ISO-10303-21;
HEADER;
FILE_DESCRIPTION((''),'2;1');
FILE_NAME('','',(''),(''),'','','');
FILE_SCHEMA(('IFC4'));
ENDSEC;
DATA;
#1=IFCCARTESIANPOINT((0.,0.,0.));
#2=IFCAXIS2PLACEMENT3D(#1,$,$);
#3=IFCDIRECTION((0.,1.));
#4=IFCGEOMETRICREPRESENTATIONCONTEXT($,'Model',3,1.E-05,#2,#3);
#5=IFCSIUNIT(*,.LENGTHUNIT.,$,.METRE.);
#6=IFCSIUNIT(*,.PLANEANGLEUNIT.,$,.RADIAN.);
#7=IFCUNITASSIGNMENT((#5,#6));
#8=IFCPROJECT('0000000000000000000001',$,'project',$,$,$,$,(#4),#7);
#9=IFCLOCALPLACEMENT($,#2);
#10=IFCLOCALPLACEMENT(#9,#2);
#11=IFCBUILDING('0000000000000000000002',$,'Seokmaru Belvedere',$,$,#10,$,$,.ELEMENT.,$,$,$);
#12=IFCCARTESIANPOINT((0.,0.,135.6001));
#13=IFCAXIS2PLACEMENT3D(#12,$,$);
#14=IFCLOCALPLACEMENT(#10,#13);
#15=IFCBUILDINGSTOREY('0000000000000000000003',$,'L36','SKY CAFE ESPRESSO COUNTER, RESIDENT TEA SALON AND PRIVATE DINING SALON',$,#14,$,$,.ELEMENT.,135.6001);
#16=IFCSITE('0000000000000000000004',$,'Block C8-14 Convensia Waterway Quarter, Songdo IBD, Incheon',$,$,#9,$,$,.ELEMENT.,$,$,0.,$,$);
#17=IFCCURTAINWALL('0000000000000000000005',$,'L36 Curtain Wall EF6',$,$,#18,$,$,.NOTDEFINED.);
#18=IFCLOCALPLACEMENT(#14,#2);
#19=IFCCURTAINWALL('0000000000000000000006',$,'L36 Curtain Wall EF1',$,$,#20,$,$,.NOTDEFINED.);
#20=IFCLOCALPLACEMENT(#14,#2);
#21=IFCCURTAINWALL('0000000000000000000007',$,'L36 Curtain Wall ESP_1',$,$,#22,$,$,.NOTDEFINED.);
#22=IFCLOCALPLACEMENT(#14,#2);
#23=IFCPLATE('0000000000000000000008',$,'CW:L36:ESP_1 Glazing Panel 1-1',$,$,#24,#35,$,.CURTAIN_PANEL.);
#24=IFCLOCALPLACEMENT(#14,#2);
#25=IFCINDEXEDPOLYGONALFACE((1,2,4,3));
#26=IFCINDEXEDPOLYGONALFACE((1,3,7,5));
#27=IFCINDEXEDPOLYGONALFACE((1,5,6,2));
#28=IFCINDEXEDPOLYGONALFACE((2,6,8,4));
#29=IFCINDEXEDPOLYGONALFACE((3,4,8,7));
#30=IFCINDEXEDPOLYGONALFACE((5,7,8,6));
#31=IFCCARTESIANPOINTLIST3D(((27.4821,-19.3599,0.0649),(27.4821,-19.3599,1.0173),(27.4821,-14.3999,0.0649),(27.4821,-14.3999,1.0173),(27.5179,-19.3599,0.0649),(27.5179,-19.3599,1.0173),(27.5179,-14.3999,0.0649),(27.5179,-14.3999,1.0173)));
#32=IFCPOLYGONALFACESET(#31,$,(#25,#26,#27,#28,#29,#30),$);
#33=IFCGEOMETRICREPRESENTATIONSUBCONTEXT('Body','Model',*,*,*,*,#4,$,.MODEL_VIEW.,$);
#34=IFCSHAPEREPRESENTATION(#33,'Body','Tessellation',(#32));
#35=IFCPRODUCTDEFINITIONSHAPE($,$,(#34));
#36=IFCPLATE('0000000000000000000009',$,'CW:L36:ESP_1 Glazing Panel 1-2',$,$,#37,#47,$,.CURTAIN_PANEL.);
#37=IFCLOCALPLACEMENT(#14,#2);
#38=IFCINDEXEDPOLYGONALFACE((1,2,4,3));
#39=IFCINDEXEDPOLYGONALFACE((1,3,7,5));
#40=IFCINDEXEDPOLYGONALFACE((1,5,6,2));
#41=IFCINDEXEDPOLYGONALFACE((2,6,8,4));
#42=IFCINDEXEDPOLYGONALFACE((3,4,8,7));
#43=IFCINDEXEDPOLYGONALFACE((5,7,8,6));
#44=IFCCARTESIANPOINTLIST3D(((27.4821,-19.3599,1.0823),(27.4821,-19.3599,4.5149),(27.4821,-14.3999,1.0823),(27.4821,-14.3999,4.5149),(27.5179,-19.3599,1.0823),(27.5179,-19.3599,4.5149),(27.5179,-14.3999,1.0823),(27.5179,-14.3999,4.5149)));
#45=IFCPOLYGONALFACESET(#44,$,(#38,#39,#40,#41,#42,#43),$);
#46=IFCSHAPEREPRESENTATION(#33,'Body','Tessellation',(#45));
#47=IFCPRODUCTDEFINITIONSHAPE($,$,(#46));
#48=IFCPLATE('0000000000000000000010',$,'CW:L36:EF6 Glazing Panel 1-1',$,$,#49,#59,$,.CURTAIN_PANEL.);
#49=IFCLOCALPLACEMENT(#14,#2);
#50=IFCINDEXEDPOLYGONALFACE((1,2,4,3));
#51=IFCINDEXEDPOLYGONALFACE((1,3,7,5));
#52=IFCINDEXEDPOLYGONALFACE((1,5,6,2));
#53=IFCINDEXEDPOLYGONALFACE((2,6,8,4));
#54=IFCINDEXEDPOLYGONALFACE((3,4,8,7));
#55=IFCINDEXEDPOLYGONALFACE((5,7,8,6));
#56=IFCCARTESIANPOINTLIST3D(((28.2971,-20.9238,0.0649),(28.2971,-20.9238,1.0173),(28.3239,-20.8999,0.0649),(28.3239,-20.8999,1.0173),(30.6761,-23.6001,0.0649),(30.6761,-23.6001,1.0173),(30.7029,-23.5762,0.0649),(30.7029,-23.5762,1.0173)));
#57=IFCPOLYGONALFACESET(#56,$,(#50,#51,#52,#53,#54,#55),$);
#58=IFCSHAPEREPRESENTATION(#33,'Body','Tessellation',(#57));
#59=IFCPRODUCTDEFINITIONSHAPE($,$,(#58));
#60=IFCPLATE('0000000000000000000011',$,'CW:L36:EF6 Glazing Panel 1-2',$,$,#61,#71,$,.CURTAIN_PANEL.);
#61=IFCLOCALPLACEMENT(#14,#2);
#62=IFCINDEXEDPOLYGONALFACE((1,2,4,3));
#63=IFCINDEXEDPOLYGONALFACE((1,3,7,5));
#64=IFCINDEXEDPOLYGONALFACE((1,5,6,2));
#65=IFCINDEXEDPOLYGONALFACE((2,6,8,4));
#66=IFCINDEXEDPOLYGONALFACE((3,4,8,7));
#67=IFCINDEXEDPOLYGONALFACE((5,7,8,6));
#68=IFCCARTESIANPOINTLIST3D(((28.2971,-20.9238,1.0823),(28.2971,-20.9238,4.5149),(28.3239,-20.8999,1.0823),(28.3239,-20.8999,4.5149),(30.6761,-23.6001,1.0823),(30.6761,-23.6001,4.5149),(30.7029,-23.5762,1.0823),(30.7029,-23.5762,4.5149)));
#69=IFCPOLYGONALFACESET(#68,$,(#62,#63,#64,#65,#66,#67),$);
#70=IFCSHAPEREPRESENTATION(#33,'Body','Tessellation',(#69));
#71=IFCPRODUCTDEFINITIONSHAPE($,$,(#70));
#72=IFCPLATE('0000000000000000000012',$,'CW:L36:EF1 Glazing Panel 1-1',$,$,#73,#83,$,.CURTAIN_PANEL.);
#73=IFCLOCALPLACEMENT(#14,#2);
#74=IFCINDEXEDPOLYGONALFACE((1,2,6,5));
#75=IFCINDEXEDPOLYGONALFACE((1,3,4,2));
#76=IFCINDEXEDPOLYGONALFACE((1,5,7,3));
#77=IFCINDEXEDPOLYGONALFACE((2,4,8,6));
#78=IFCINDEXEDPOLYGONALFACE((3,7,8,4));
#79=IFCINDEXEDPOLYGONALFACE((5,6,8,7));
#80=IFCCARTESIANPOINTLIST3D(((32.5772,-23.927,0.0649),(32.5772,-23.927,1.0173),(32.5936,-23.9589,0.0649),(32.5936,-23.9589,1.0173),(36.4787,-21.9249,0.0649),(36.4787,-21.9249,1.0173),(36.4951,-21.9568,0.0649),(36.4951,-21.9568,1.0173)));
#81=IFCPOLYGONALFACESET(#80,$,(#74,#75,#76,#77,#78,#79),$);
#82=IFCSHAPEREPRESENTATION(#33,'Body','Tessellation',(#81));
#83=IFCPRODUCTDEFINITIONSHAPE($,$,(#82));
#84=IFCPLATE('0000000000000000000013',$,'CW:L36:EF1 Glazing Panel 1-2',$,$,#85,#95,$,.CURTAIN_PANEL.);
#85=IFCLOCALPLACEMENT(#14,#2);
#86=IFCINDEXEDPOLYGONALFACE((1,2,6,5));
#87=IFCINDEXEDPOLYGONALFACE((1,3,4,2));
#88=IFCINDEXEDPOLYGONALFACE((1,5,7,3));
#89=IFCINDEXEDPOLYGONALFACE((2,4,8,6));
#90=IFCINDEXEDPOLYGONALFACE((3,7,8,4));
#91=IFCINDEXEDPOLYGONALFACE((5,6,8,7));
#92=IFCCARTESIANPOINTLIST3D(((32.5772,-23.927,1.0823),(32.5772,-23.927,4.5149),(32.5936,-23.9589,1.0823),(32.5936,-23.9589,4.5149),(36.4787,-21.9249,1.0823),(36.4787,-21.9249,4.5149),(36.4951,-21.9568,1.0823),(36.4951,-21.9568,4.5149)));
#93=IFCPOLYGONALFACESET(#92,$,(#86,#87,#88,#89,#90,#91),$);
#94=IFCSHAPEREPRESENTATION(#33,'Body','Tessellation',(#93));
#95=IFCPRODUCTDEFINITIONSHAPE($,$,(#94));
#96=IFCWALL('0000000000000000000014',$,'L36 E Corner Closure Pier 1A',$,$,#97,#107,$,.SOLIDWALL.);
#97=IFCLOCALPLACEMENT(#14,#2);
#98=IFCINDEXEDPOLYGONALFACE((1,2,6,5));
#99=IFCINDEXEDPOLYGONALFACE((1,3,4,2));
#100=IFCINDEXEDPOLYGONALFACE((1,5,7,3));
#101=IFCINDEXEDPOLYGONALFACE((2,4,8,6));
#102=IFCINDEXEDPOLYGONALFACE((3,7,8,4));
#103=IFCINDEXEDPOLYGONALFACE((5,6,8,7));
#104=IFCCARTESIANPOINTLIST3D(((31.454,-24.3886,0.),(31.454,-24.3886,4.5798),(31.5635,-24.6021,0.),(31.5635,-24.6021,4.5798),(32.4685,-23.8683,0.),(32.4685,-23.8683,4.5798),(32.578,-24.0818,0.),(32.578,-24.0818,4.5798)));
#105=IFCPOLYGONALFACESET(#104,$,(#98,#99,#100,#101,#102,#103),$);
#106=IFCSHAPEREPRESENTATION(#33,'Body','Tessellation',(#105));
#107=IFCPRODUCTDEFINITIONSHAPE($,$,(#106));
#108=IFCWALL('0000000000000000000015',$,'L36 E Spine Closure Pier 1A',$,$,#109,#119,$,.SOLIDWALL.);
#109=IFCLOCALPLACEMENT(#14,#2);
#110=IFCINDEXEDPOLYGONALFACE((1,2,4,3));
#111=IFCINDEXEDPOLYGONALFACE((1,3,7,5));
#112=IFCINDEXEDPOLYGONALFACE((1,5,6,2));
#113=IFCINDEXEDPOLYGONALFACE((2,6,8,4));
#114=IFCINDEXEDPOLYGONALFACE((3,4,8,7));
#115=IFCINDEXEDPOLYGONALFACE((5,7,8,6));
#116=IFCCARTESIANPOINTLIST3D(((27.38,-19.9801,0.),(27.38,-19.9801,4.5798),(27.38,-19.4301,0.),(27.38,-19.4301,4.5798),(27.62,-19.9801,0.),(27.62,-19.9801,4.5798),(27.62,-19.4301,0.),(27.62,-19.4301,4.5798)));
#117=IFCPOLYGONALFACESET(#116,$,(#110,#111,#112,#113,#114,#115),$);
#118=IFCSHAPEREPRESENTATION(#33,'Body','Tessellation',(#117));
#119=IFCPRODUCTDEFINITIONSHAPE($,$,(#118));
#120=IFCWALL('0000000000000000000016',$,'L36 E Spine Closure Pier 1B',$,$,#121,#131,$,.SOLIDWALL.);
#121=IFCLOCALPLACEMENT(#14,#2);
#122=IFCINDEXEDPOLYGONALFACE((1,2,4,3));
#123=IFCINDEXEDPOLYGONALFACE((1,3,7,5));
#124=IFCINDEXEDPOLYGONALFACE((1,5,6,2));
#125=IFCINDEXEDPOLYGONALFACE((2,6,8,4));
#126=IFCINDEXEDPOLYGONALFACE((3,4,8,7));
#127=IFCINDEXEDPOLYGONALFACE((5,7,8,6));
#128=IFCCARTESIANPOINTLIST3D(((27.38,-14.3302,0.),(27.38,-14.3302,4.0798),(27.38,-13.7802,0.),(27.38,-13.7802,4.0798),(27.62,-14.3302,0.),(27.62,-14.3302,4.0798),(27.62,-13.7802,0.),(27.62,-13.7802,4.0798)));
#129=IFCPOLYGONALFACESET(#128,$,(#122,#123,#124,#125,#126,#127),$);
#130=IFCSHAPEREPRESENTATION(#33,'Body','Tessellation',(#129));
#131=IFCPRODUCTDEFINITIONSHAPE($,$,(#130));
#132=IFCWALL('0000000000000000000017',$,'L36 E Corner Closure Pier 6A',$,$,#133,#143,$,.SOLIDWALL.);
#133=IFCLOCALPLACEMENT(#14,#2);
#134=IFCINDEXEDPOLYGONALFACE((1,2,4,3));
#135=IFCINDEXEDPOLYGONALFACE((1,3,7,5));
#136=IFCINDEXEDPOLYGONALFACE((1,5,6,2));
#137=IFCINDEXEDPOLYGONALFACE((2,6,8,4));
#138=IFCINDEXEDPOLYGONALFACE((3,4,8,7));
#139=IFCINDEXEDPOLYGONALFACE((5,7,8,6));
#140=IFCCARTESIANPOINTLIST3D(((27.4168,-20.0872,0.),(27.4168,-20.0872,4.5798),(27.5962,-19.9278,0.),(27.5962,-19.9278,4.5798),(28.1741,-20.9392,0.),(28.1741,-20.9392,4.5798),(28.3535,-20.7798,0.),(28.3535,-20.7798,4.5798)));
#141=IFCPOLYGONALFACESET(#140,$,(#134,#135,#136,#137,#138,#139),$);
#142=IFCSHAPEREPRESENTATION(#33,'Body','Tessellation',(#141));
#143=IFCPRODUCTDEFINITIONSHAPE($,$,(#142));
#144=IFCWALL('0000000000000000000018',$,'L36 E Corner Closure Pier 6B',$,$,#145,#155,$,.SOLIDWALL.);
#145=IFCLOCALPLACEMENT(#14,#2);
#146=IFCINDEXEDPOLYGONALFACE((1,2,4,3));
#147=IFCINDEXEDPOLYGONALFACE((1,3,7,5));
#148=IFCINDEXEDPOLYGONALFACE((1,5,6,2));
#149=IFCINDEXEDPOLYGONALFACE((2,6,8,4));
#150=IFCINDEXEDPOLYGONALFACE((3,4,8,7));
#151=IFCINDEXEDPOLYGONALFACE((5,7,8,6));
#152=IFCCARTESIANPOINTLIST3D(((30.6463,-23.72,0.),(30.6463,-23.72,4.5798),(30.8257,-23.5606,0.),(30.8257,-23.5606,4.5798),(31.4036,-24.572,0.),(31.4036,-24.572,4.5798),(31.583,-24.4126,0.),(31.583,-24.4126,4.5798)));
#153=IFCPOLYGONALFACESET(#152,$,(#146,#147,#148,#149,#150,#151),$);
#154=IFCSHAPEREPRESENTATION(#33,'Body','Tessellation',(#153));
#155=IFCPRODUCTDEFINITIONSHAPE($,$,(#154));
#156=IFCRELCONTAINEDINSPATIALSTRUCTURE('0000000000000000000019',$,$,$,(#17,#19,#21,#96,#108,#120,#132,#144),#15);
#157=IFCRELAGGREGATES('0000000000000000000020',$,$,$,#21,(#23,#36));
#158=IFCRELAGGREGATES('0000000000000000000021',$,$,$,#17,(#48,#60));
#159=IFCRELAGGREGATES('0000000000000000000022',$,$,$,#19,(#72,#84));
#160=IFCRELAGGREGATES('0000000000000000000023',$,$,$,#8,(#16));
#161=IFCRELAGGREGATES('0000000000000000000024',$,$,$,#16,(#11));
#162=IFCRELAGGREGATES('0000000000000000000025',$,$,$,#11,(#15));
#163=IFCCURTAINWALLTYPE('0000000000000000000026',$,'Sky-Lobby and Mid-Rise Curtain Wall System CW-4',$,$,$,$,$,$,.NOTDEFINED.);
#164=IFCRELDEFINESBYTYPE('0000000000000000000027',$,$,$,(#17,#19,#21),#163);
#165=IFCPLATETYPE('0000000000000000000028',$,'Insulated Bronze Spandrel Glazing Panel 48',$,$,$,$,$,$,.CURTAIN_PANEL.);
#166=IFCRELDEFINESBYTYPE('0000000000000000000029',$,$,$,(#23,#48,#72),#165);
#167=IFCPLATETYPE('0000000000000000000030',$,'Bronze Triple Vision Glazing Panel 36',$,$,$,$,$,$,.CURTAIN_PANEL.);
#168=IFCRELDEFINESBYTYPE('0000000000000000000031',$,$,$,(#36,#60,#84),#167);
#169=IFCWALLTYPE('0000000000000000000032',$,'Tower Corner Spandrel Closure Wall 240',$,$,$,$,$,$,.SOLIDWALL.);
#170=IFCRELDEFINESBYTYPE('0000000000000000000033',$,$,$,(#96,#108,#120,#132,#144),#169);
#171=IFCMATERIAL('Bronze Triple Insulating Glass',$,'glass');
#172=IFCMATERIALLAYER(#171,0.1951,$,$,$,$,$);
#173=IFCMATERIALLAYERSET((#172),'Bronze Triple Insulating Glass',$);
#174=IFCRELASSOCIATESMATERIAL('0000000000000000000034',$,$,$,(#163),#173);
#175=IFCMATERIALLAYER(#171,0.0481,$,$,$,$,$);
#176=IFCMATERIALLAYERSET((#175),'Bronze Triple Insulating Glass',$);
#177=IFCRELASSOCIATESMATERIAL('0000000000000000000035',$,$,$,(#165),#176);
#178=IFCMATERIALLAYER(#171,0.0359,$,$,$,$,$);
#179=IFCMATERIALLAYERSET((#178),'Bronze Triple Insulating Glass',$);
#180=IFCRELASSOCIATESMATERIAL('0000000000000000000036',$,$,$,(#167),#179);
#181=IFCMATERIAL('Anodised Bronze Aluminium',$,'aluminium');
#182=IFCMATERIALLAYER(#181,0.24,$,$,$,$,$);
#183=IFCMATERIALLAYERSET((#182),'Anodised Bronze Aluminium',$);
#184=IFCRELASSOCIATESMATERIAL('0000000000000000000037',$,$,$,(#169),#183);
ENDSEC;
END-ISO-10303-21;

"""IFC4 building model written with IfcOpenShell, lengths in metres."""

from ifc_helpers import new_model, si_unit, direction, frame, frame_2d, origin, origin_2d, place, context, subcontext, project, spatial, rectangle, extrude, source, transform, mapped, material, layer, layer_set, type_object, type_shapes, element, aggregate, save


model = new_model("IFC4")

# Units and contexts
model_context = context("Model", 3, precision=1e-05, world=origin(), true_north=direction((0.0, 1.0)))
body_context = subcontext(model_context, "Body", "Model", "MODEL_VIEW")
ifc_project = project(units=[si_unit("LENGTHUNIT", "METRE"), si_unit("PLANEANGLEUNIT", "RADIAN")], contexts=[model_context])

# Site, building, storey
site_placement = place(None, origin())
site = spatial("IfcSite", under=ifc_project, at=site_placement, Name="Block C8-14 Convensia Waterway Quarter, Songdo IBD, Incheon", CompositionType="ELEMENT", RefElevation=0.0)
building_placement = place(site_placement, origin())
building = spatial("IfcBuilding", under=site, at=building_placement, Name="Seokmaru Belvedere", CompositionType="ELEMENT")
storey_placement = place(building_placement, frame((0.0, 0.0, 135.6001)))
storey = spatial("IfcBuildingStorey", under=building, at=storey_placement, Name="L36", Description="SKY CAFE ESPRESSO COUNTER, RESIDENT TEA SALON AND PRIVATE DINING SALON", CompositionType="ELEMENT", Elevation=135.6001)

# Curtain walls
ifc_material_1 = material(Name="Bronze Triple Insulating Glass", Category="glass")
ifc_layer_1 = layer(ifc_material_1, 0.1951)
ifc_layer_set_1 = layer_set([ifc_layer_1], Name="Bronze Triple Insulating Glass")
curtain_wall_type = type_object("IfcCurtainWallType", Name="Sky-Lobby and Mid-Rise Curtain Wall System CW-4", PredefinedType="NOTDEFINED", material=ifc_layer_set_1)
curtain_wall_1_placement = place(storey_placement, origin())
curtain_wall_1 = element("IfcCurtainWall", 1, at=curtain_wall_1_placement, inside=storey, type_object=curtain_wall_type, Name="L36 Curtain Wall EF6", PredefinedType="NOTDEFINED")
ifc_material_2 = material(Name="Anodised Bronze Aluminium", Category="aluminium")
curtain_wall_2_placement = place(storey_placement, origin())
curtain_wall_2 = element("IfcCurtainWall", 2, at=curtain_wall_2_placement, inside=storey, type_object=curtain_wall_type, Name="L36 Curtain Wall EF1", PredefinedType="NOTDEFINED")
curtain_wall_3_placement = place(storey_placement, origin())
curtain_wall_3 = element("IfcCurtainWall", 3, at=curtain_wall_3_placement, inside=storey, type_object=curtain_wall_type, Name="L36 Curtain Wall ESP_1", PredefinedType="NOTDEFINED")

# Plates
ifc_layer_2 = layer(ifc_material_1, 0.0481)
ifc_layer_set_2 = layer_set([ifc_layer_2], Name="Bronze Triple Insulating Glass")
plate_type_1 = type_object("IfcPlateType", Name="Insulated Bronze Spandrel Glazing Panel 48", PredefinedType="CURTAIN_PANEL", material=ifc_layer_set_2)
shared_shape_1 = source(origin(), body_context, "Body", "SweptSolid", [
    extrude(rectangle(XDim=4.96, YDim=0.0359, at=origin_2d()), origin(), (0.0, 0.0, 1.0), 0.9524),
])
plate_1_placement = place(storey_placement, frame((27.5, -16.8799, 0.0649), z_axis=(0.0, 0.0, 1.0), x_axis=(0.0, -1.0, 0.0)))
plate_1 = element("IfcPlate", 4, at=plate_1_placement, type_object=plate_type_1, Name="CW:L36:ESP_1 Glazing Panel 1-1", PredefinedType="CURTAIN_PANEL", context=body_context, shape_type="MappedRepresentation", body=[
    mapped(shared_shape_1, transform((0.0, 0.0, 0.0), scale=1.0)),
])
ifc_layer_3 = layer(ifc_material_1, 0.0359)
ifc_layer_set_3 = layer_set([ifc_layer_3], Name="Bronze Triple Insulating Glass")
plate_type_2 = type_object("IfcPlateType", Name="Bronze Triple Vision Glazing Panel 36", PredefinedType="CURTAIN_PANEL", material=ifc_layer_set_3)
shared_shape_2 = source(origin(), body_context, "Body", "SweptSolid", [
    extrude(rectangle(XDim=4.96, YDim=0.0359, at=origin_2d()), origin(), (0.0, 0.0, 1.0), 3.4326),
])
plate_2_placement = place(storey_placement, frame((27.5, -16.8799, 1.0823), z_axis=(0.0, 0.0, 1.0), x_axis=(0.0, -1.0, 0.0)))
plate_2 = element("IfcPlate", 5, at=plate_2_placement, type_object=plate_type_2, Name="CW:L36:ESP_1 Glazing Panel 1-2", PredefinedType="CURTAIN_PANEL", context=body_context, shape_type="MappedRepresentation", body=[
    mapped(shared_shape_2, transform((0.0, 0.0, 0.0), scale=1.0)),
])
aggregate(curtain_wall_3, [plate_1, plate_2])
shared_shape_3 = source(origin(), body_context, "Body", "SweptSolid", [
    extrude(rectangle(XDim=3.5808, YDim=0.0359, at=origin_2d()), origin(), (0.0, 0.0, 1.0), 0.9524),
])
plate_3_placement = place(storey_placement, frame((29.5, -22.25, 0.0649), z_axis=(0.0, 0.0, 1.0), x_axis=(0.664363, -0.74741, 0.0)))
plate_3 = element("IfcPlate", 6, at=plate_3_placement, type_object=plate_type_1, Name="CW:L36:EF6 Glazing Panel 1-1", PredefinedType="CURTAIN_PANEL", context=body_context, shape_type="MappedRepresentation", body=[
    mapped(shared_shape_3, transform((0.0, 0.0, 0.0), scale=1.0)),
])
shared_shape_4 = source(origin(), body_context, "Body", "SweptSolid", [
    extrude(rectangle(XDim=3.5808, YDim=0.0359, at=origin_2d()), origin(), (0.0, 0.0, 1.0), 3.4326),
])
plate_4_placement = place(storey_placement, frame((29.5, -22.25, 1.0823), z_axis=(0.0, 0.0, 1.0), x_axis=(0.664363, -0.74741, 0.0)))
plate_4 = element("IfcPlate", 7, at=plate_4_placement, type_object=plate_type_2, Name="CW:L36:EF6 Glazing Panel 1-2", PredefinedType="CURTAIN_PANEL", context=body_context, shape_type="MappedRepresentation", body=[
    mapped(shared_shape_4, transform((0.0, 0.0, 0.0), scale=1.0)),
])
aggregate(curtain_wall_1, [plate_3, plate_4])
shared_shape_5 = source(origin(), body_context, "Body", "SweptSolid", [
    extrude(rectangle(XDim=4.3853, YDim=0.0359, at=origin_2d()), origin(), (0.0, 0.0, 1.0), 0.9524),
])
type_shapes(plate_type_1, [shared_shape_1, shared_shape_3, shared_shape_5])
plate_5_placement = place(storey_placement, frame((34.5361, -22.9419, 0.0649), z_axis=(0.0, 0.0, 1.0), x_axis=(0.889695, 0.456555, 0.0)))
plate_5 = element("IfcPlate", 8, at=plate_5_placement, type_object=plate_type_1, Name="CW:L36:EF1 Glazing Panel 1-1", PredefinedType="CURTAIN_PANEL", context=body_context, shape_type="MappedRepresentation", body=[
    mapped(shared_shape_5, transform((0.0, 0.0, 0.0), scale=1.0)),
])
shared_shape_6 = source(origin(), body_context, "Body", "SweptSolid", [
    extrude(rectangle(XDim=4.3853, YDim=0.0359, at=origin_2d()), origin(), (0.0, 0.0, 1.0), 3.4326),
])
type_shapes(plate_type_2, [shared_shape_2, shared_shape_4, shared_shape_6])
plate_6_placement = place(storey_placement, frame((34.5361, -22.9419, 1.0823), z_axis=(0.0, 0.0, 1.0), x_axis=(0.889695, 0.456555, 0.0)))
plate_6 = element("IfcPlate", 9, at=plate_6_placement, type_object=plate_type_2, Name="CW:L36:EF1 Glazing Panel 1-2", PredefinedType="CURTAIN_PANEL", context=body_context, shape_type="MappedRepresentation", body=[
    mapped(shared_shape_6, transform((0.0, 0.0, 0.0), scale=1.0)),
])
aggregate(curtain_wall_2, [plate_5, plate_6])

# Walls
ifc_layer_4 = layer(ifc_material_2, 0.24)
ifc_layer_set_4 = layer_set([ifc_layer_4], Name="Anodised Bronze Aluminium")
wall_type = type_object("IfcWallType", Name="Tower Corner Spandrel Closure Wall 240", PredefinedType="SOLIDWALL", material=ifc_layer_set_4)
wall_1_placement = place(storey_placement, frame((31.5088, -24.4954, 0.0), z_axis=(0.0, 0.0, 1.0), x_axis=(0.889797, 0.456356, 0.0)))
element("IfcWall", 10, at=wall_1_placement, inside=storey, type_object=wall_type, Name="L36 E Corner Closure Pier 1A", PredefinedType="SOLIDWALL", context=body_context, shape_type="SweptSolid", body=[
    extrude(rectangle(XDim=1.1401, YDim=0.24, at=frame_2d((0.5701, 0.0))), origin(), (0.0, 0.0, 1.0), 4.5798),
])
wall_2_placement = place(storey_placement, frame((27.5, -19.98, 0.0), z_axis=(0.0, 0.0, 1.0), x_axis=(0.0, 1.0, 0.0)))
element("IfcWall", 11, at=wall_2_placement, inside=storey, type_object=wall_type, Name="L36 E Spine Closure Pier 1A", PredefinedType="SOLIDWALL", context=body_context, shape_type="SweptSolid", body=[
    extrude(rectangle(XDim=0.55, YDim=0.24, at=frame_2d((0.2749, 0.0))), origin(), (0.0, 0.0, 1.0), 4.5798),
])
wall_3_placement = place(storey_placement, frame((27.5, -14.3301, 0.0), z_axis=(0.0, 0.0, 1.0), x_axis=(0.0, 1.0, 0.0)))
element("IfcWall", 12, at=wall_3_placement, inside=storey, type_object=wall_type, Name="L36 E Spine Closure Pier 1B", PredefinedType="SOLIDWALL", context=body_context, shape_type="SweptSolid", body=[
    extrude(rectangle(XDim=0.55, YDim=0.24, at=frame_2d((0.2749, 0.0))), origin(), (0.0, 0.0, 1.0), 4.0798),
])
for number, where, z_axis, x_axis, name in (
    (13, (27.5066, -20.0076, 0.0), (0.0, 0.0, 1.0), (0.664337, -0.747433, 0.0), "L36 E Corner Closure Pier 6A"),
    (14, (30.7361, -23.6404, 0.0), (0.0, 0.0, 1.0), (0.664337, -0.747433, 0.0), "L36 E Corner Closure Pier 6B"),
):
    element("IfcWall", number, at=place(storey_placement, frame(where, z_axis=z_axis, x_axis=x_axis)), inside=storey, type_object=wall_type, Name=name, PredefinedType="SOLIDWALL", context=body_context, shape_type="SweptSolid", body=[
        extrude(rectangle(XDim=1.1399, YDim=0.24, at=frame_2d((0.5698, 0.0))), origin(), (0.0, 0.0, 1.0), 4.5798),
    ])

save(model, "model.ifc")
